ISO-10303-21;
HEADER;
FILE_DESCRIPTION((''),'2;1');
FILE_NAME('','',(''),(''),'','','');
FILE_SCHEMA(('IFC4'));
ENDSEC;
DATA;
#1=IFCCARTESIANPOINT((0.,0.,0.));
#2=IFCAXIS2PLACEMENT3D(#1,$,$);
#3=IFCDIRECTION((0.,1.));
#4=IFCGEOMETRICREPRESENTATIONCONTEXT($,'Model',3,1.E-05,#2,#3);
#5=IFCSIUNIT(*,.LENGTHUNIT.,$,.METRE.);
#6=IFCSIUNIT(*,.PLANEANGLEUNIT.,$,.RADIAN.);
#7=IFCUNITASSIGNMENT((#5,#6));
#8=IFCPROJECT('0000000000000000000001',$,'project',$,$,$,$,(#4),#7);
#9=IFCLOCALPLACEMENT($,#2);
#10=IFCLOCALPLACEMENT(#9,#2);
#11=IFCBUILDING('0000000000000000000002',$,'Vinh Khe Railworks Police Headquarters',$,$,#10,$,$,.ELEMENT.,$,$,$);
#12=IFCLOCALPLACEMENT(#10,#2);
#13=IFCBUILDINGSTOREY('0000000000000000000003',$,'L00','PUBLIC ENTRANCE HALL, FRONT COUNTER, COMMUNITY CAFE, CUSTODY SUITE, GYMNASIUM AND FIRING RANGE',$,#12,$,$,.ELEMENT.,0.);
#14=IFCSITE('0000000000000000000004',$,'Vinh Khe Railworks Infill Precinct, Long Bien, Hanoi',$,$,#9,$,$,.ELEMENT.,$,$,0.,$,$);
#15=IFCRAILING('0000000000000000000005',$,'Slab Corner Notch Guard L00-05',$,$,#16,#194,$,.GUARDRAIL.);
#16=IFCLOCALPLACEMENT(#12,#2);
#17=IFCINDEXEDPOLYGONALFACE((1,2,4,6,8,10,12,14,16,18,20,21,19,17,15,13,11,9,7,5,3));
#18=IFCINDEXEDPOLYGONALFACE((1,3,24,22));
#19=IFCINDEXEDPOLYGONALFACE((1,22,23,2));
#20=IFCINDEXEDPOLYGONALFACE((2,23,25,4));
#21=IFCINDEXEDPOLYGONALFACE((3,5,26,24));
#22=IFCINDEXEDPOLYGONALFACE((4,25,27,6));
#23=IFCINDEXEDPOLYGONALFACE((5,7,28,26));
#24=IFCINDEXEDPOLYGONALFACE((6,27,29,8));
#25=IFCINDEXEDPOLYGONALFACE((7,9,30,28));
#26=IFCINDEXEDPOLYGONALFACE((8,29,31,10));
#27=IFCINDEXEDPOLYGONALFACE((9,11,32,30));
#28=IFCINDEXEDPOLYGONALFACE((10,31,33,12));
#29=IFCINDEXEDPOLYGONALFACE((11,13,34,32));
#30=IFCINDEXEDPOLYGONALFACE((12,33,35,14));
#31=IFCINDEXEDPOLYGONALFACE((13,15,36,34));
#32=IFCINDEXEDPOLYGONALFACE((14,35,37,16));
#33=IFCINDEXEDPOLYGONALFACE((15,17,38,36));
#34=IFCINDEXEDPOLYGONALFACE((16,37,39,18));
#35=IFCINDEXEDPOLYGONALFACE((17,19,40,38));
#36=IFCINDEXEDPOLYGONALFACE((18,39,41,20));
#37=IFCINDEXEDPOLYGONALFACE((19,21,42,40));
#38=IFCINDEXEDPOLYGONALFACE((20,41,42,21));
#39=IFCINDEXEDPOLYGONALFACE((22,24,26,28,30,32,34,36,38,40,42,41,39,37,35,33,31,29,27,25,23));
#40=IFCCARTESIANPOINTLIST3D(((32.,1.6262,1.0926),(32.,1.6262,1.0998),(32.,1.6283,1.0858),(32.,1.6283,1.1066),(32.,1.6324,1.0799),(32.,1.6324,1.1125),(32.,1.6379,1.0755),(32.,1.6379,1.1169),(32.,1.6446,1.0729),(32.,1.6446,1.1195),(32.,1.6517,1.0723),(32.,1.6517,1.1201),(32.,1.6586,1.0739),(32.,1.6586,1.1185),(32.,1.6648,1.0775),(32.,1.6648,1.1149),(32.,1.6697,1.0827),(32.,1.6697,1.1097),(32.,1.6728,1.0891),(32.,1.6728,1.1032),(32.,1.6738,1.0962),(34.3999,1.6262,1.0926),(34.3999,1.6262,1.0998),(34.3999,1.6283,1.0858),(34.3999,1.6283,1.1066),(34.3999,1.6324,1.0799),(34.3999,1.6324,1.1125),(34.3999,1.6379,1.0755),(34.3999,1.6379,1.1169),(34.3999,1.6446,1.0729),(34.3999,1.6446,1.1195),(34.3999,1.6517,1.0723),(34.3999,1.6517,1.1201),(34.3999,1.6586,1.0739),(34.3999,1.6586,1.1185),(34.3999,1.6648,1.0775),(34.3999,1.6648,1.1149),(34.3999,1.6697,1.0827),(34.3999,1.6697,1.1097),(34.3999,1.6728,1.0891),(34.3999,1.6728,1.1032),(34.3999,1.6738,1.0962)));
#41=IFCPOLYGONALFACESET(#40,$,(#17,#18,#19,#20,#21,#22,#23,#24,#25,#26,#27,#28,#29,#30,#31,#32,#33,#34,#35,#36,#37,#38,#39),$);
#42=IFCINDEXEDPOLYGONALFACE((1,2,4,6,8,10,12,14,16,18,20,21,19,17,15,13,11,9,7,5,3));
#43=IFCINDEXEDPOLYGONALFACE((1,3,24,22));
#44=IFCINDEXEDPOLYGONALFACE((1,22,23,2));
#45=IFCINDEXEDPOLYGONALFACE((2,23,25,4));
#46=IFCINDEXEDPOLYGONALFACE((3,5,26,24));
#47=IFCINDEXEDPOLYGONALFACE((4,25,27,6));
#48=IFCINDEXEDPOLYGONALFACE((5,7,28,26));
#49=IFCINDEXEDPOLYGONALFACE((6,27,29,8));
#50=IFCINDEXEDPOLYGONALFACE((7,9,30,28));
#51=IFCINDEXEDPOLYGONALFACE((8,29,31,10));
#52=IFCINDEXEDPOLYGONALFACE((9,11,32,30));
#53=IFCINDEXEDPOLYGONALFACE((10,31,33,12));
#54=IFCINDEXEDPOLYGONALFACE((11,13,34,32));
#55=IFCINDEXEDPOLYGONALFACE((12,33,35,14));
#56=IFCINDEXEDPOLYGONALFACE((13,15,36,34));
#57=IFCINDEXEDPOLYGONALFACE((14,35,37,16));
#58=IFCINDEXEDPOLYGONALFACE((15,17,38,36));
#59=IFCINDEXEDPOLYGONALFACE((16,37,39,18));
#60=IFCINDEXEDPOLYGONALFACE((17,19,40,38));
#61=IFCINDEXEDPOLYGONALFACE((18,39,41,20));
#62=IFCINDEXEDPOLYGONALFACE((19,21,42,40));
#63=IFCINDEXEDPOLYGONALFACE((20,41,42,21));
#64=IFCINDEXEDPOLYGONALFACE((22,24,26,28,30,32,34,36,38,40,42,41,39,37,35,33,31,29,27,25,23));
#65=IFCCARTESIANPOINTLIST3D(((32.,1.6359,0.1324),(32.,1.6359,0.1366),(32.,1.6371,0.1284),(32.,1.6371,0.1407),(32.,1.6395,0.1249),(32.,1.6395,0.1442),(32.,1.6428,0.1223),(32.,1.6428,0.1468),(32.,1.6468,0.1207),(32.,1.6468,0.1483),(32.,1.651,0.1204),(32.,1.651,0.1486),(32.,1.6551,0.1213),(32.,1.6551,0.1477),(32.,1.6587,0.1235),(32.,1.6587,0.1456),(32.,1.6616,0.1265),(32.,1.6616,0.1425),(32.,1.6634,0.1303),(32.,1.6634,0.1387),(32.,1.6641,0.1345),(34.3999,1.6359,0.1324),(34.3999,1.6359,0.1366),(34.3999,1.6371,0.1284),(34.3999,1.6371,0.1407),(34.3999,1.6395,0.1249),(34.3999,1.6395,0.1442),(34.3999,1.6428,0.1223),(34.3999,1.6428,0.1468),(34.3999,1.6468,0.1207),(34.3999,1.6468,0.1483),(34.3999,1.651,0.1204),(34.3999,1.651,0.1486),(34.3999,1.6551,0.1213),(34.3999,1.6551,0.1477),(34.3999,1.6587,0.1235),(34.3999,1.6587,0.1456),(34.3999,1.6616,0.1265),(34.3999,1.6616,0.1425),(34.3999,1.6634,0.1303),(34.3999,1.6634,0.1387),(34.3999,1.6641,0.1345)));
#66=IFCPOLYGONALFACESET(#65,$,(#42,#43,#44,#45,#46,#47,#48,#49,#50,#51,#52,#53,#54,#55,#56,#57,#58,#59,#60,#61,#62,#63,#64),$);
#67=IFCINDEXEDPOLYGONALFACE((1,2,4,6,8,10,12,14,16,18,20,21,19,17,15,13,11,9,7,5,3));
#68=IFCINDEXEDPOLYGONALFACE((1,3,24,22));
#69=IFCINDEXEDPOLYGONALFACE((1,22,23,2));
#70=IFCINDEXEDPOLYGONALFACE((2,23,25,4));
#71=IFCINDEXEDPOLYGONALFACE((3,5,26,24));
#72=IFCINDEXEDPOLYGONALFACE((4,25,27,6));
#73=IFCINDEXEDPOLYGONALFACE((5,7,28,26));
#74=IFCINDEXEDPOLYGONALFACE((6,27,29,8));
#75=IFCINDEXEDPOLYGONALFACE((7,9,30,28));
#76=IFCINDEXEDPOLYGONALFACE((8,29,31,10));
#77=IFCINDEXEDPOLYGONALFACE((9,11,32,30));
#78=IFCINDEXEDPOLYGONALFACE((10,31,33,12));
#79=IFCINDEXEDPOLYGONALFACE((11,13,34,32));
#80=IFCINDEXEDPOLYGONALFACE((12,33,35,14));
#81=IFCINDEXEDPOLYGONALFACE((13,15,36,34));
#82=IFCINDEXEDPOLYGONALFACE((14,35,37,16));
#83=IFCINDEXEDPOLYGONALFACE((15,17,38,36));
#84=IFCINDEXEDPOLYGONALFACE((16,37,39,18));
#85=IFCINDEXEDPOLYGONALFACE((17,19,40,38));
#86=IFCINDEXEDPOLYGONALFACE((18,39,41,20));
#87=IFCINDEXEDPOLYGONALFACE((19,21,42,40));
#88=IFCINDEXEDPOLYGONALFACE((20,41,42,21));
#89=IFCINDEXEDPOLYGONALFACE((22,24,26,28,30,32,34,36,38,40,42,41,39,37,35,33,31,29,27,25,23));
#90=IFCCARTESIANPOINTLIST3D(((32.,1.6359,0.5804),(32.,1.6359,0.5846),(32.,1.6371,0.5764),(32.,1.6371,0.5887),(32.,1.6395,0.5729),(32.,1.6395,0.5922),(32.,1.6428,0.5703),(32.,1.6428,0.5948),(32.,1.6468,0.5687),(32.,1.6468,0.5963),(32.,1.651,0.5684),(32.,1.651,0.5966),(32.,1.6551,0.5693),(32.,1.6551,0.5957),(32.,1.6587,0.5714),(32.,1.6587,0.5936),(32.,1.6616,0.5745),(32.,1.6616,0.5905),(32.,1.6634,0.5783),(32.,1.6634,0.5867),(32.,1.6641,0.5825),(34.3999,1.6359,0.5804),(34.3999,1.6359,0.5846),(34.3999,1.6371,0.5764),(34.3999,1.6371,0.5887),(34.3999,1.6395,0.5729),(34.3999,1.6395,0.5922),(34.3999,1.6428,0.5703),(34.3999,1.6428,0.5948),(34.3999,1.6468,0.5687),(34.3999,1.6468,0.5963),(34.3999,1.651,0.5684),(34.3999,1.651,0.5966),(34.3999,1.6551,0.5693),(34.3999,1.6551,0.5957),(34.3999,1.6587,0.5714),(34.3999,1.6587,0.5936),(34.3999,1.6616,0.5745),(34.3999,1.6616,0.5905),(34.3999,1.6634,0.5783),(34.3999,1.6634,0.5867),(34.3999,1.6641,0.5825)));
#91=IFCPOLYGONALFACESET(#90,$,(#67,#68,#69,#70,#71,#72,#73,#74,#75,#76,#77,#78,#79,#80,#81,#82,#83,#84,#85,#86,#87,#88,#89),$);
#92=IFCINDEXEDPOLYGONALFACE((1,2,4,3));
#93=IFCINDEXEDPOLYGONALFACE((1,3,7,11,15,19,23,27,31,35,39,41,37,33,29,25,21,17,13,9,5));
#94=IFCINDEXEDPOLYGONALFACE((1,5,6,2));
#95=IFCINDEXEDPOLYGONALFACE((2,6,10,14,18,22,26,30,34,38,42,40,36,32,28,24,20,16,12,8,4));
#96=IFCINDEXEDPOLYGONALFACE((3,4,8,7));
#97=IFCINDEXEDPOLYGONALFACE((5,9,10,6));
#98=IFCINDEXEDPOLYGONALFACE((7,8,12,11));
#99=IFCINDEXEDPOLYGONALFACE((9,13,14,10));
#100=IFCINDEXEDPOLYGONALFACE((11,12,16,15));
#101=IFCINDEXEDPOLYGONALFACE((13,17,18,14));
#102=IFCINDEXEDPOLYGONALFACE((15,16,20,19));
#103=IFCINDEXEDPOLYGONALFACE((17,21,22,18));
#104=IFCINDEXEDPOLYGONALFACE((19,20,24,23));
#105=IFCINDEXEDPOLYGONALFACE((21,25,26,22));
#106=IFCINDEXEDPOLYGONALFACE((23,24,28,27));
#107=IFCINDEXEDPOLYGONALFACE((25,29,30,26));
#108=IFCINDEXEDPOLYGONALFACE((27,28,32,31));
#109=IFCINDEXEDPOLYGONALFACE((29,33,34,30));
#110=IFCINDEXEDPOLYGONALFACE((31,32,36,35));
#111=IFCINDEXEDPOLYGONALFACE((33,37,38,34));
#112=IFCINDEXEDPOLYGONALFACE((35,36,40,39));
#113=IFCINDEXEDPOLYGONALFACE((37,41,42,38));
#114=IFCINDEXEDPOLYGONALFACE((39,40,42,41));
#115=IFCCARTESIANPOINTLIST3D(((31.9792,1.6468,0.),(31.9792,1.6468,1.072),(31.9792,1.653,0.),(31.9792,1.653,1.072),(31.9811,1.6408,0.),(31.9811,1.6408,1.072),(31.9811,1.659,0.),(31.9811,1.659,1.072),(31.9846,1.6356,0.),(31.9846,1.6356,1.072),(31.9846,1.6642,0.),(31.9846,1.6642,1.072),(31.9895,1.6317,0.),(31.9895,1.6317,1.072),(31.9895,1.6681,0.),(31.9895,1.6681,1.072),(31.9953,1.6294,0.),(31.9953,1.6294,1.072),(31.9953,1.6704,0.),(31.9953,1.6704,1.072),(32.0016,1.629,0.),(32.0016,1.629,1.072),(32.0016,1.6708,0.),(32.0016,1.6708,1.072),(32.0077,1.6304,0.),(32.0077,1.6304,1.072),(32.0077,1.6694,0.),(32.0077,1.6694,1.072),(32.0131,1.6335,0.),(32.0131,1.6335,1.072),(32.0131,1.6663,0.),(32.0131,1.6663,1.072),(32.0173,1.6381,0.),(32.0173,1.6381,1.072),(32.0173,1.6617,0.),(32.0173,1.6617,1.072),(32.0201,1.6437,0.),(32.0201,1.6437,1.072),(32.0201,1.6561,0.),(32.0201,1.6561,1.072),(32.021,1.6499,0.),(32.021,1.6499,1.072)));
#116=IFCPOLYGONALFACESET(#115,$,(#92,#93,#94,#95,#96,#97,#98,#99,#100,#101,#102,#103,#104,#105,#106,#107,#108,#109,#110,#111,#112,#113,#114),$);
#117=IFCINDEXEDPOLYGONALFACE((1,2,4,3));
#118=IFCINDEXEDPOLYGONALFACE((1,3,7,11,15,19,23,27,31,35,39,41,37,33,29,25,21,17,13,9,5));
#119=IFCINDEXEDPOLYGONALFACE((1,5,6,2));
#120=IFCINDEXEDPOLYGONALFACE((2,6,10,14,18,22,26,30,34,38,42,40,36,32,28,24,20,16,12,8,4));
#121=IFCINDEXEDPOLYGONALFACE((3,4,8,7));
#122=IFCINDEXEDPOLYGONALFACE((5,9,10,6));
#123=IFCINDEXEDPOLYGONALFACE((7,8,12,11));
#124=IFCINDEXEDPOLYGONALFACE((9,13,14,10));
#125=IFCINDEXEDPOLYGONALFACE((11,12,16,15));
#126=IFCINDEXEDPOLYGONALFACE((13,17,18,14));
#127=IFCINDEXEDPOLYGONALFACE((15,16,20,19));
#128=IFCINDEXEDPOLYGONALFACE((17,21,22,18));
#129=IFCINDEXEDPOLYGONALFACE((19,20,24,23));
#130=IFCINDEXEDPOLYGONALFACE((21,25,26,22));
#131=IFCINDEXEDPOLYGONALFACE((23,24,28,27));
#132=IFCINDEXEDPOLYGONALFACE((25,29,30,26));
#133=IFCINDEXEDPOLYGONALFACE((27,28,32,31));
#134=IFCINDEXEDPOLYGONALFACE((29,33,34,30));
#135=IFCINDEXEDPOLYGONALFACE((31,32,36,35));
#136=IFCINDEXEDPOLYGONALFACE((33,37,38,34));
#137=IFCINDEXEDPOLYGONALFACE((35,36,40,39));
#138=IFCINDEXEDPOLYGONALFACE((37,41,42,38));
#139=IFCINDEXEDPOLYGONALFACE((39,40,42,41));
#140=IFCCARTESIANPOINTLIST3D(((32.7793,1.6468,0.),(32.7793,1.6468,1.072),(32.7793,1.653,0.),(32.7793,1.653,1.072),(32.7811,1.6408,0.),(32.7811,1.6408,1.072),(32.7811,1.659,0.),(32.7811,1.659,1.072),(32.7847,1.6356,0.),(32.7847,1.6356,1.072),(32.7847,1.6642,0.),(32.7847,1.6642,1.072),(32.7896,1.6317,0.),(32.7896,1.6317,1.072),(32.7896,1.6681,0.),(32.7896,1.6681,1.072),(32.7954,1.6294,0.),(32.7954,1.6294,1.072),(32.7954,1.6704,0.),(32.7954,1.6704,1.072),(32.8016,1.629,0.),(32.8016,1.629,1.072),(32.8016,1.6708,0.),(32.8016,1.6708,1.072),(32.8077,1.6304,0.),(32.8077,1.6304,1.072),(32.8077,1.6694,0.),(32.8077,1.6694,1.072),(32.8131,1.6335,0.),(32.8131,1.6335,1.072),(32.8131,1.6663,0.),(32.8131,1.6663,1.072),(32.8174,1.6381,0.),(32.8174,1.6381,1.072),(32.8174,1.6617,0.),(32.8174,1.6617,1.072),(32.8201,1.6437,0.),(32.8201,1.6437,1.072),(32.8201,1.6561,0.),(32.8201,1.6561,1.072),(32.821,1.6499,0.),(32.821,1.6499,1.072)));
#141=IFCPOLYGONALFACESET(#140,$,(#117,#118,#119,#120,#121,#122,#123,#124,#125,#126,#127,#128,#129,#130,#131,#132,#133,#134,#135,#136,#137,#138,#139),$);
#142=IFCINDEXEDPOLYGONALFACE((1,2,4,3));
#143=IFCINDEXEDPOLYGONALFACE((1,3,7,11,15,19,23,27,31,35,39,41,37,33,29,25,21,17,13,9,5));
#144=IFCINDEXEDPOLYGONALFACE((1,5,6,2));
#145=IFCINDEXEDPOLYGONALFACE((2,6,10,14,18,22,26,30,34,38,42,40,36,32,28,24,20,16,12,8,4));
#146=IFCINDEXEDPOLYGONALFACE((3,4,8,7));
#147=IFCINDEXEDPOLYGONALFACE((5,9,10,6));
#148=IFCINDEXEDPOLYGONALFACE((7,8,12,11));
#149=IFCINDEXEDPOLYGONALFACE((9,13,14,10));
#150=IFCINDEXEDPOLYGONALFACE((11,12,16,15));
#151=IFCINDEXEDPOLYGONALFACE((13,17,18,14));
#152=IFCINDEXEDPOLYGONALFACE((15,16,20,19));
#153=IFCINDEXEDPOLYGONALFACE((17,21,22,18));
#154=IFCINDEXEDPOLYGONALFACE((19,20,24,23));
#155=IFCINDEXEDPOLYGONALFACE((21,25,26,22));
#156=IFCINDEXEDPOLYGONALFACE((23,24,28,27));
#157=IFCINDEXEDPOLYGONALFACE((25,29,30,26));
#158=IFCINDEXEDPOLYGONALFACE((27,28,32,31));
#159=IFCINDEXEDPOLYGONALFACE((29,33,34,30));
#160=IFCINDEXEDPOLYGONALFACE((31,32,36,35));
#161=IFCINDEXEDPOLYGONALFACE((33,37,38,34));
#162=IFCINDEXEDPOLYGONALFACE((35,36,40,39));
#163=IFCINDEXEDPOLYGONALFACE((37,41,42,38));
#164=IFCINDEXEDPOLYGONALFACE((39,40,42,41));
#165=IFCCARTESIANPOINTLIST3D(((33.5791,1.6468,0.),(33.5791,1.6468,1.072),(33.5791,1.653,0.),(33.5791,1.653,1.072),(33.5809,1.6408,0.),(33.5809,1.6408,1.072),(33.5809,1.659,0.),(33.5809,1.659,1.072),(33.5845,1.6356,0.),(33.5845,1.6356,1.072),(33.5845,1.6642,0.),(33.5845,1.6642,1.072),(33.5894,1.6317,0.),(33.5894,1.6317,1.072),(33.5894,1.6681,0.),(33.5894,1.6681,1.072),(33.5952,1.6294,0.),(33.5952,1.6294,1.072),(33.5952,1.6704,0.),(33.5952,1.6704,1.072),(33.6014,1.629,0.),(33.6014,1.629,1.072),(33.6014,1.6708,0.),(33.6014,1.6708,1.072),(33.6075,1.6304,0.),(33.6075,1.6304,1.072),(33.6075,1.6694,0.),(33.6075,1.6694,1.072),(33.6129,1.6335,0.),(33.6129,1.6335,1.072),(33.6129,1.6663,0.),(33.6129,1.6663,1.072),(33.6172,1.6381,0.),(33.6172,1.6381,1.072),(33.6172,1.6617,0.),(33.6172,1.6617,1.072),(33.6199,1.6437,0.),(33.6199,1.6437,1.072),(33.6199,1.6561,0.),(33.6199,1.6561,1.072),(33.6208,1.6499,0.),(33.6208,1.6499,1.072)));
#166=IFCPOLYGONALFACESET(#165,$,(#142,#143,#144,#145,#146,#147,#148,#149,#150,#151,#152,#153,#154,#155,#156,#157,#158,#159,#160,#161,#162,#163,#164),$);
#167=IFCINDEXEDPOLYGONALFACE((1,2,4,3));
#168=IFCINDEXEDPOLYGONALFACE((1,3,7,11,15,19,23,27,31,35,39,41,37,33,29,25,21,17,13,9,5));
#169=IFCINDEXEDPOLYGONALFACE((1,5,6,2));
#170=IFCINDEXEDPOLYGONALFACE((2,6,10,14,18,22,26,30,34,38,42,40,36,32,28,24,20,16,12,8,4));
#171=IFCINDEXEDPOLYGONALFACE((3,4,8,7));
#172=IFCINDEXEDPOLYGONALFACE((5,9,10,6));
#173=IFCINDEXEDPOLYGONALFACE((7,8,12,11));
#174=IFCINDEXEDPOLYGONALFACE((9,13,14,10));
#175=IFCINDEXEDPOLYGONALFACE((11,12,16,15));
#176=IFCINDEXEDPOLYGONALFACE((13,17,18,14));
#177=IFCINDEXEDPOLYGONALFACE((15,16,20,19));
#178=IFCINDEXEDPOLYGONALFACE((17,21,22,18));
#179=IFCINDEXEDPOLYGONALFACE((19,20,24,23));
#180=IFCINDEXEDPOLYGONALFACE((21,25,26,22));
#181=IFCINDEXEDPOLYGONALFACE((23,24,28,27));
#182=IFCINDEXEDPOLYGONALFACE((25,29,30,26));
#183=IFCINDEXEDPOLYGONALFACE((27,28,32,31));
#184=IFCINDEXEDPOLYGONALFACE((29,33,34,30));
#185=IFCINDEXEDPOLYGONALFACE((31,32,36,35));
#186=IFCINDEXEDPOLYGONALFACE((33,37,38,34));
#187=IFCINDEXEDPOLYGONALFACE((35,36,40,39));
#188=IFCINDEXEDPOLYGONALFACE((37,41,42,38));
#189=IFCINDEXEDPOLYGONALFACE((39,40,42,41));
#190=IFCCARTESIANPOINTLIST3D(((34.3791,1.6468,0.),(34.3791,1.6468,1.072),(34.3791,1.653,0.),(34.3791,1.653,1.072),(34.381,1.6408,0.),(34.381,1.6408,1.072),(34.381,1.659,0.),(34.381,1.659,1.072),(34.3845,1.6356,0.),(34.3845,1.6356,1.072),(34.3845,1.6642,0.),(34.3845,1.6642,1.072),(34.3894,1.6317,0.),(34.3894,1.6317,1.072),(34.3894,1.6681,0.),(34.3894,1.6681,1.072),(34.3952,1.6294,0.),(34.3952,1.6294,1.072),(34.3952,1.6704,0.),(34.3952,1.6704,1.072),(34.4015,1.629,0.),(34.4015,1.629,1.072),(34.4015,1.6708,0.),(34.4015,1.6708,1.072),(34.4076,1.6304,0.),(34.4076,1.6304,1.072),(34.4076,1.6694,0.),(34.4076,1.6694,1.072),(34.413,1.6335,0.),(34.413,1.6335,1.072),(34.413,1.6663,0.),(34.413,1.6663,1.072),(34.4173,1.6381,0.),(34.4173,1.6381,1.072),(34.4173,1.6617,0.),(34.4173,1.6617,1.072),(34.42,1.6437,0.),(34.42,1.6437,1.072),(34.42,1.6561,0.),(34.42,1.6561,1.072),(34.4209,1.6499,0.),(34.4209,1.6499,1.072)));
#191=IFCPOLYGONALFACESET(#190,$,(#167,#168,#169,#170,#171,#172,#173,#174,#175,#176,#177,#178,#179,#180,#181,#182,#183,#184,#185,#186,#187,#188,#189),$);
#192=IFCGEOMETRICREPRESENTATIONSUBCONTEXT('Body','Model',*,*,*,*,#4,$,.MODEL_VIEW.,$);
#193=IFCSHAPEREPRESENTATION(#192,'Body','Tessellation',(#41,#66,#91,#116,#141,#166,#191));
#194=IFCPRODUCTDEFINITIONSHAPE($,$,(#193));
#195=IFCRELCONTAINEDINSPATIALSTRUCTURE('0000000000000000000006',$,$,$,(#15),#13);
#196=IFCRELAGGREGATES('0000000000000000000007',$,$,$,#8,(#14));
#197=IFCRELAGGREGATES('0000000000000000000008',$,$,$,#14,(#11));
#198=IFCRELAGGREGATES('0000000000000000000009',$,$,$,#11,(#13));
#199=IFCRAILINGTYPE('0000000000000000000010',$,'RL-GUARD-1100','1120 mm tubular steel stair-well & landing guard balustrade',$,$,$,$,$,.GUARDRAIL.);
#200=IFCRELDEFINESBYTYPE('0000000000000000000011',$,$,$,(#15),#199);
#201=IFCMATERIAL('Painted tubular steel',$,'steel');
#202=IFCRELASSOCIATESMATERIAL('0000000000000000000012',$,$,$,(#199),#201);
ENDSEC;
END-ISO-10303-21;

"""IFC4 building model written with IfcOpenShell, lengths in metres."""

from ifc_helpers import new_model, si_unit, direction, frame, origin, origin_2d, place, context, subcontext, project, spatial, circle, extrude, material, type_object, element, save


model = new_model("IFC4")

# Units and contexts
model_context = context("Model", 3, precision=1e-05, world=origin(), true_north=direction((0.0, 1.0)))
body_context = subcontext(model_context, "Body", "Model", "MODEL_VIEW")
ifc_project = project(units=[si_unit("LENGTHUNIT", "METRE"), si_unit("PLANEANGLEUNIT", "RADIAN")], contexts=[model_context])

# Site, building, storey
site_placement = place(None, origin())
site = spatial("IfcSite", under=ifc_project, at=site_placement, Name="Vinh Khe Railworks Infill Precinct, Long Bien, Hanoi", CompositionType="ELEMENT", RefElevation=0.0)
building_placement = place(site_placement, origin())
building = spatial("IfcBuilding", under=site, at=building_placement, Name="Vinh Khe Railworks Police Headquarters", CompositionType="ELEMENT")
storey_placement = place(building_placement, origin())
storey = spatial("IfcBuildingStorey", under=building, at=storey_placement, Name="L00", Description="PUBLIC ENTRANCE HALL, FRONT COUNTER, COMMUNITY CAFE, CUSTODY SUITE, GYMNASIUM AND FIRING RANGE", CompositionType="ELEMENT", Elevation=0.0)

# Railing
ifc_material_1 = material(Name="Painted tubular steel", Category="steel")
railing_type = type_object("IfcRailingType", Name="RL-GUARD-1100", Description="1120 mm tubular steel stair-well & landing guard balustrade", PredefinedType="GUARDRAIL", material=ifc_material_1)
railing_1_placement = place(storey_placement, frame((32.0, 1.6499, 0.0)))
element("IfcRailing", 1, at=railing_1_placement, inside=storey, type_object=railing_type, Name="Slab Corner Notch Guard L00-05", PredefinedType="GUARDRAIL", context=body_context, shape_type="SweptSolid", body=[
    extrude(circle(Radius=0.0239, at=origin_2d()), frame((0.0, 0.0, 1.0962), z_axis=(1.0, 0.0, 0.0), x_axis=(0.0, 1.0, 0.0)), (0.0, 0.0, 1.0), 2.3999),
    extrude(circle(Radius=0.0142, at=origin_2d()), frame((0.0, 0.0, 0.1345), z_axis=(1.0, 0.0, 0.0), x_axis=(0.0, 1.0, 0.0)), (0.0, 0.0, 1.0), 2.3999),
    extrude(circle(Radius=0.0142, at=origin_2d()), frame((0.0, 0.0, 0.5825), z_axis=(1.0, 0.0, 0.0), x_axis=(0.0, 1.0, 0.0)), (0.0, 0.0, 1.0), 2.3999),
    extrude(circle(Radius=0.021, at=origin_2d()), origin(), (0.0, 0.0, 1.0), 1.072),
    extrude(circle(Radius=0.021, at=origin_2d()), frame((0.8, 0.0, 0.0)), (0.0, 0.0, 1.0), 1.072),
    extrude(circle(Radius=0.021, at=origin_2d()), frame((1.5999, 0.0, 0.0)), (0.0, 0.0, 1.0), 1.072),
    extrude(circle(Radius=0.021, at=origin_2d()), frame((2.3999, 0.0, 0.0)), (0.0, 0.0, 1.0), 1.072),
])

save(model, "model.ifc")
